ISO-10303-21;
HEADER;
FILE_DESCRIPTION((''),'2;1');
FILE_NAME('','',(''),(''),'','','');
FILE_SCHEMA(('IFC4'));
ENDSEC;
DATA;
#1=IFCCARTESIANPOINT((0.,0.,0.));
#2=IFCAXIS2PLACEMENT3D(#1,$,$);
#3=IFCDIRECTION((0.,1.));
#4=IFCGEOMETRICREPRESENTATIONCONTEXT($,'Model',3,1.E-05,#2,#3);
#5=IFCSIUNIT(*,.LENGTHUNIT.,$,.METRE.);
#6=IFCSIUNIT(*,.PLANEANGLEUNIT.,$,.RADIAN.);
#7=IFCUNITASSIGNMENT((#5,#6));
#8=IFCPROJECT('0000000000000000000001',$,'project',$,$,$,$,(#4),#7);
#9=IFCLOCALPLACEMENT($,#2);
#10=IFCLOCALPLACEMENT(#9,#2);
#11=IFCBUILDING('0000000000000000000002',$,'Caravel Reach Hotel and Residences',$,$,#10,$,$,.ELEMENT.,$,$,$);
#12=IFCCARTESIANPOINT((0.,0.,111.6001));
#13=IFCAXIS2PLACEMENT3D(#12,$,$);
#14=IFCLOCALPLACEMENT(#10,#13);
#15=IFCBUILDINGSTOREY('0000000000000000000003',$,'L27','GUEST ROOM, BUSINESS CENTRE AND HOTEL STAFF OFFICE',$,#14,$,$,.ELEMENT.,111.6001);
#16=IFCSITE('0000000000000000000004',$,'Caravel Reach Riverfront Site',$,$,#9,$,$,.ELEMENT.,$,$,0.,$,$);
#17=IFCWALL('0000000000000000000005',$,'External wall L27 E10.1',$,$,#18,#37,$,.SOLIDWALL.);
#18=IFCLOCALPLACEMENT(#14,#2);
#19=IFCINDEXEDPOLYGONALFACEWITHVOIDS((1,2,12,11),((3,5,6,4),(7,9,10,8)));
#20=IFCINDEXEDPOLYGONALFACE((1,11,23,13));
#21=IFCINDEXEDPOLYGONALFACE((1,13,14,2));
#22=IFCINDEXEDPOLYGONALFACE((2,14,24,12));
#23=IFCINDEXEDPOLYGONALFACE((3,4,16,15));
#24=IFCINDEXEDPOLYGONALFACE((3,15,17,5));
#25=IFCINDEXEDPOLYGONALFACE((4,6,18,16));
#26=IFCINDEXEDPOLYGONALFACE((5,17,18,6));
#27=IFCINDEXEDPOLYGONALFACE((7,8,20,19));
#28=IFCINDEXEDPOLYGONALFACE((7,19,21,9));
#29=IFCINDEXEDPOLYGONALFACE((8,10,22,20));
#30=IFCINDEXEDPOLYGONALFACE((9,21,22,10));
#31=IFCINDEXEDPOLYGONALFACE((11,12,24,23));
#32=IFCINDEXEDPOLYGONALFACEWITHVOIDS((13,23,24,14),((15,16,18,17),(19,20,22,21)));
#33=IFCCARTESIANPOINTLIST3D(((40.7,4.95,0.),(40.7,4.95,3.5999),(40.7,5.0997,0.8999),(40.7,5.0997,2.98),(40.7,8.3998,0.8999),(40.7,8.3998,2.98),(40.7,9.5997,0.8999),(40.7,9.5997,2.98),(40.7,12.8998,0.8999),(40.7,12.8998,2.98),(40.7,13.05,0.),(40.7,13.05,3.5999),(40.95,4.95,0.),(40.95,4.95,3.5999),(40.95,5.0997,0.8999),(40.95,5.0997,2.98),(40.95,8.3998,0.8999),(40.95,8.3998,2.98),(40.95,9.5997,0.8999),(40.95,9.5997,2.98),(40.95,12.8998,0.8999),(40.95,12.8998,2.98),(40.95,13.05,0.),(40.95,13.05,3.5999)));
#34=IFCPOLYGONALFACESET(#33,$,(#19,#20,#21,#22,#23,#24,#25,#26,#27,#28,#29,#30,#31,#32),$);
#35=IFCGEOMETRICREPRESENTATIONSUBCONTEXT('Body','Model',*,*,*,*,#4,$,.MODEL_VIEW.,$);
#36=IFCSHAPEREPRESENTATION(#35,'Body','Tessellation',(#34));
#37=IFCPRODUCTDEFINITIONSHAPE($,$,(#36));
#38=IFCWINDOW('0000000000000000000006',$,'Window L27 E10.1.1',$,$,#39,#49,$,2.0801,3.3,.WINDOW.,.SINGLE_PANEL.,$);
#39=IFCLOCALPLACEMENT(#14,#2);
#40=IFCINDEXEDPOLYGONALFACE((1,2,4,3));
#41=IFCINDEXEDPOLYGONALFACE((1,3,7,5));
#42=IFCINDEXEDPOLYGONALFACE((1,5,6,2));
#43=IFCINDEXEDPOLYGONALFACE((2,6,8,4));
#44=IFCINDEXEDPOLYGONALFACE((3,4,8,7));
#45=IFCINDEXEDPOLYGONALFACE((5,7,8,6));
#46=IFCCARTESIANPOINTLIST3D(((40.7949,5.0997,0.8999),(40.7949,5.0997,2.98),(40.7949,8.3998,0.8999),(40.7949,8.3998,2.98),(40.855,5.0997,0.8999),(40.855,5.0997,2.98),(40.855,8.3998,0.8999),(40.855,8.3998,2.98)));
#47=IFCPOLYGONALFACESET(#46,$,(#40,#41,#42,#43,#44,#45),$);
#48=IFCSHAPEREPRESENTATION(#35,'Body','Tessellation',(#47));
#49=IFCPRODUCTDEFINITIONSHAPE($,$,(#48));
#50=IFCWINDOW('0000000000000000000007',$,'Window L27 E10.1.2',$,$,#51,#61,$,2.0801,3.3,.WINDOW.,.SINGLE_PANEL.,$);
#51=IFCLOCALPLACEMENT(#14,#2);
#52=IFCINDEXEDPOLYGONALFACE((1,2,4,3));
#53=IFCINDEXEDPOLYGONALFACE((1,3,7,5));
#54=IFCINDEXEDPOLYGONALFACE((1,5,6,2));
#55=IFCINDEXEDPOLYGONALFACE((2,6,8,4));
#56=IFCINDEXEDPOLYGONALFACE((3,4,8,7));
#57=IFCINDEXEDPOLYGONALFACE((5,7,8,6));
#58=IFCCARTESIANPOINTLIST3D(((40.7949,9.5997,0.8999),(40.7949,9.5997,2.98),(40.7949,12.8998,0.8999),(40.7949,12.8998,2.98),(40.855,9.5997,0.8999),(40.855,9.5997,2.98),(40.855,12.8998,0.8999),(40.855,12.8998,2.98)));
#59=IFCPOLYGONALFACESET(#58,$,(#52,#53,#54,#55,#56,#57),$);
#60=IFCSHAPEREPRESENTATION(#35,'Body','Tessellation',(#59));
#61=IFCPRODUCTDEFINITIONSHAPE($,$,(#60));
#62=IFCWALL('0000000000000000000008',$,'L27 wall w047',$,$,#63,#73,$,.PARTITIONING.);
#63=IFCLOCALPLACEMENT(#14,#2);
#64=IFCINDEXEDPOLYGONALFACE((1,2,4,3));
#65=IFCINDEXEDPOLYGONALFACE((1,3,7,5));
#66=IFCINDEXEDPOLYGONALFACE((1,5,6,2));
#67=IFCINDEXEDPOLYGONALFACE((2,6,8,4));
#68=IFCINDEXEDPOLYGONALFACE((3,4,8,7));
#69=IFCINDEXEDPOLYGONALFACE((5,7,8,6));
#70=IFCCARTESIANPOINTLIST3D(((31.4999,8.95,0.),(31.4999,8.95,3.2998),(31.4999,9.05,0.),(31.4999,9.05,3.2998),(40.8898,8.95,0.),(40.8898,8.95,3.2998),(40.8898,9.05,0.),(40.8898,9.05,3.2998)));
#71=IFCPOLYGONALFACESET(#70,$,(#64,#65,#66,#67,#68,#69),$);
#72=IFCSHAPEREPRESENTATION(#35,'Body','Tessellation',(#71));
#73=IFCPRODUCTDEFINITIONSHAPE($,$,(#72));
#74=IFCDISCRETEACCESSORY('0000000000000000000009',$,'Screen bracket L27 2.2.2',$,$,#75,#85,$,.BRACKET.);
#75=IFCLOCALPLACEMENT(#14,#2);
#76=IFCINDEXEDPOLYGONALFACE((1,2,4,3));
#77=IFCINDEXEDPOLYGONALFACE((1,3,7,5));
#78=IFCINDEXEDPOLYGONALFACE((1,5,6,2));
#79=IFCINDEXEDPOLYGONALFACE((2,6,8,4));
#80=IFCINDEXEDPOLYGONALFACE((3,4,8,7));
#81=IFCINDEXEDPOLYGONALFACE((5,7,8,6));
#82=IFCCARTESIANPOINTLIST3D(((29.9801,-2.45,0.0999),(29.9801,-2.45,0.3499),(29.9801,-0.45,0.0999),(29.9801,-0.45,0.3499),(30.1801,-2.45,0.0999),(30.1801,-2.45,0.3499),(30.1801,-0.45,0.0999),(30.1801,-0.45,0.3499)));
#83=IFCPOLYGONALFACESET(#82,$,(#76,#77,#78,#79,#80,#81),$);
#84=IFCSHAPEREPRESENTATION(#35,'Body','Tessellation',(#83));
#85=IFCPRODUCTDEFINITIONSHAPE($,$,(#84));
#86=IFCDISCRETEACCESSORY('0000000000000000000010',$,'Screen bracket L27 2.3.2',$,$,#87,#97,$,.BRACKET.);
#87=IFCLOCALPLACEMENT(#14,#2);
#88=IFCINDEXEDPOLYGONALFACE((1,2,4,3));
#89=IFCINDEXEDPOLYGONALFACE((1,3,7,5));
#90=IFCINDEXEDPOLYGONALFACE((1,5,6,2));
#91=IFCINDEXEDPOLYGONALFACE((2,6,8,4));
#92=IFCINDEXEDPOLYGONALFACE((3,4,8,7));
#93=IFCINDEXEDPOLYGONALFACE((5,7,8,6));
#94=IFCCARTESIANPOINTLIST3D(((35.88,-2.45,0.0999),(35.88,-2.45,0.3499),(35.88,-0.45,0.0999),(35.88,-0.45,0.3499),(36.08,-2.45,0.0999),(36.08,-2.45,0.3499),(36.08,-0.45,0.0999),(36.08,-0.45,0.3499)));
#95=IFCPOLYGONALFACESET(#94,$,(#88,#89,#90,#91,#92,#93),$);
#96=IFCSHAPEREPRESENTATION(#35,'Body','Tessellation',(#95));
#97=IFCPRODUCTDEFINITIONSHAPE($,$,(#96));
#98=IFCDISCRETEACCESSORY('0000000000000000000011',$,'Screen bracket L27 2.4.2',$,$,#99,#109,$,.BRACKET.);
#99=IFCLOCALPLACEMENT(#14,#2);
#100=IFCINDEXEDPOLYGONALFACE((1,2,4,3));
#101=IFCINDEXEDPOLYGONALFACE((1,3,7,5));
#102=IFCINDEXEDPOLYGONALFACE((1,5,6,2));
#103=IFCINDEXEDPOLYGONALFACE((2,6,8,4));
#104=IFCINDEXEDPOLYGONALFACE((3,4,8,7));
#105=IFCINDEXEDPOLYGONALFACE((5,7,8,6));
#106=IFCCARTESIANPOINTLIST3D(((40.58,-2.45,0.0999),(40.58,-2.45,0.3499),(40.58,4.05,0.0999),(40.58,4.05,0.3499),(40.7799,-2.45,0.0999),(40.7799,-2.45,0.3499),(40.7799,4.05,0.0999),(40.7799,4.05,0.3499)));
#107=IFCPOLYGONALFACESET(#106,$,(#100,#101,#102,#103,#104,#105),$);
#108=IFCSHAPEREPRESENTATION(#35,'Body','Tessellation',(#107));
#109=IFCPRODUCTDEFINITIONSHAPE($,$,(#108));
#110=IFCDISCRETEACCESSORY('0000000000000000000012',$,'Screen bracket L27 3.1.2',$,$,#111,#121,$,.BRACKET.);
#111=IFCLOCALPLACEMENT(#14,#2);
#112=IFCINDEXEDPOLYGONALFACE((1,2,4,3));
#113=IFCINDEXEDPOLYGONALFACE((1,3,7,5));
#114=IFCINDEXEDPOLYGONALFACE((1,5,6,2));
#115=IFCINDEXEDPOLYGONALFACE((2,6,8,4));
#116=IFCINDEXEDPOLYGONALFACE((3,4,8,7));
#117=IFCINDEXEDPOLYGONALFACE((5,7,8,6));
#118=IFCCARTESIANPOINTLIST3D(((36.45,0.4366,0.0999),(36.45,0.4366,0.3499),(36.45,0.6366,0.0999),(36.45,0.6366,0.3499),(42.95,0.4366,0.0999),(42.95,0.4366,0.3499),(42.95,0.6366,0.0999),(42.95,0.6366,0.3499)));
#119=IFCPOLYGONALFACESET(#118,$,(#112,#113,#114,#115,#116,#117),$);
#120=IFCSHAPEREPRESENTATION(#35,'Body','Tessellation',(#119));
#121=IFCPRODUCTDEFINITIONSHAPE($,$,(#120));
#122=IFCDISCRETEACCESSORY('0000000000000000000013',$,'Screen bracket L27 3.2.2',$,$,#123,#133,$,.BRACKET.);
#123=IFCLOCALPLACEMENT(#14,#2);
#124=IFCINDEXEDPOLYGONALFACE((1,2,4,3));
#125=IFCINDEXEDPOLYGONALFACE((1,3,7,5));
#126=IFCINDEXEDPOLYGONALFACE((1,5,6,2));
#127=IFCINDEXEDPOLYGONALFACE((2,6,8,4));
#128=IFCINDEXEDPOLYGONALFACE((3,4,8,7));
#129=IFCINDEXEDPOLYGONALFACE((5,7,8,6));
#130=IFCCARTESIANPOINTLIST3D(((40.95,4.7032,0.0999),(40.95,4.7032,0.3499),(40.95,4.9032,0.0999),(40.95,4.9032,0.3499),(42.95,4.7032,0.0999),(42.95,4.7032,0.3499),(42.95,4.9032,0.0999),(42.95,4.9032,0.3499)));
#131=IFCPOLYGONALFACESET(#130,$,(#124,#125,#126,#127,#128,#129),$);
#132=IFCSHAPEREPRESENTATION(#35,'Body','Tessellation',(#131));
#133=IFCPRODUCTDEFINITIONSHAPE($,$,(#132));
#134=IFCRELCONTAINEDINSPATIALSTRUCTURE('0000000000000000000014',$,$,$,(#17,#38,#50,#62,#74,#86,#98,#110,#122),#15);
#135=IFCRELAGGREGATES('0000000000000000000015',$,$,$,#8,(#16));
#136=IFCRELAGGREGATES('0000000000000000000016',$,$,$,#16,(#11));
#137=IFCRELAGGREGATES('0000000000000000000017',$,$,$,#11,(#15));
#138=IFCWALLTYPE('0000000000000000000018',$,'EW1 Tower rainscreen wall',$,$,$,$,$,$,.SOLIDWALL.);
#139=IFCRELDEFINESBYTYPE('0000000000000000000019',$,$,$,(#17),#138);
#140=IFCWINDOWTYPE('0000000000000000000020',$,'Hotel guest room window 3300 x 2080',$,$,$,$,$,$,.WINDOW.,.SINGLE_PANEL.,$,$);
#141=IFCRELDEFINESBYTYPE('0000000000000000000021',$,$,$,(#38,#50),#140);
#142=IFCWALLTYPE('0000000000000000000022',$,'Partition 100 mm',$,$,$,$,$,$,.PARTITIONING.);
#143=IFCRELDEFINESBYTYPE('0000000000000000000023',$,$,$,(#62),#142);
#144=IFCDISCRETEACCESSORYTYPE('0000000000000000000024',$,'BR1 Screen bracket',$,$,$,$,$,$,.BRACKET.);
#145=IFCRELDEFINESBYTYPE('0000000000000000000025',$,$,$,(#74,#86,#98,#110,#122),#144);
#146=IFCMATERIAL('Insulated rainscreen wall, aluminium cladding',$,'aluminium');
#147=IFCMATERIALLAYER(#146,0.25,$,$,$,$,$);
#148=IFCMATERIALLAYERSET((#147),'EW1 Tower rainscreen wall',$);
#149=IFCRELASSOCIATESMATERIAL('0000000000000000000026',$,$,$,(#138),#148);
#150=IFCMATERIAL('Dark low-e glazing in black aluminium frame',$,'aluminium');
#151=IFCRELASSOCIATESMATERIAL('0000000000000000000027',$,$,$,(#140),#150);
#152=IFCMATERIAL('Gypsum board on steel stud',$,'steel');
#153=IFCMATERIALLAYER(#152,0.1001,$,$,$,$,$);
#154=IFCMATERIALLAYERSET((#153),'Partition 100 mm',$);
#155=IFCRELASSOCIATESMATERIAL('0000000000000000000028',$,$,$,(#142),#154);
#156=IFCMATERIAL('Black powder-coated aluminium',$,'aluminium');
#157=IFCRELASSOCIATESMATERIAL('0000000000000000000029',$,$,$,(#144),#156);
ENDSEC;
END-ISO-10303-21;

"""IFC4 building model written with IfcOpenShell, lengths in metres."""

from ifc_helpers import new_model, si_unit, direction, frame, frame_2d, origin, origin_2d, place, context, subcontext, project, spatial, rectangle, extrude, material, layer, layer_set, type_object, element, fill, save


model = new_model("IFC4")

# Units and contexts
model_context = context("Model", 3, precision=1e-05, world=origin(), true_north=direction((0.0, 1.0)))
body_context = subcontext(model_context, "Body", "Model", "MODEL_VIEW")
ifc_project = project(units=[si_unit("LENGTHUNIT", "METRE"), si_unit("PLANEANGLEUNIT", "RADIAN")], contexts=[model_context])

# Site, building, storey
site_placement = place(None, origin())
site = spatial("IfcSite", under=ifc_project, at=site_placement, Name="Caravel Reach Riverfront Site", CompositionType="ELEMENT", RefElevation=0.0)
building_placement = place(site_placement, origin())
building = spatial("IfcBuilding", under=site, at=building_placement, Name="Caravel Reach Hotel and Residences", CompositionType="ELEMENT")
storey_placement = place(building_placement, frame((0.0, 0.0, 111.6001)))
storey = spatial("IfcBuildingStorey", under=building, at=storey_placement, Name="L27", Description="GUEST ROOM, BUSINESS CENTRE AND HOTEL STAFF OFFICE", CompositionType="ELEMENT", Elevation=111.6001)

# Shared definitions
ifc_material_1 = material(Name="Insulated rainscreen wall, aluminium cladding", Category="aluminium")
ifc_layer_1 = layer(ifc_material_1, 0.25)
ifc_layer_set_1 = layer_set([ifc_layer_1], Name="EW1 Tower rainscreen wall")
wall_type_1 = type_object("IfcWallType", Name="EW1 Tower rainscreen wall", PredefinedType="SOLIDWALL", material=ifc_layer_set_1)

# Wall, openings, windows
wall_1_placement = place(storey_placement, frame((40.825, 4.95, 0.0), z_axis=(0.0, 0.0, 1.0), x_axis=(0.0, 1.0, 0.0)))
wall_1 = element("IfcWall", 1, at=wall_1_placement, inside=storey, type_object=wall_type_1, Name="External wall L27 E10.1", PredefinedType="SOLIDWALL", context=body_context, shape_type="SweptSolid", body=[
    extrude(rectangle(XDim=8.1001, YDim=0.25, at=frame_2d((4.05, 0.0))), origin(), (0.0, 0.0, 1.0), 3.5999),
])
opening_1_placement = place(wall_1_placement, frame((0.1499, 0.0, 0.8999)))
opening_1 = element("IfcOpeningElement", 2, at=opening_1_placement, cuts=wall_1, PredefinedType="OPENING", context=body_context, shape_type="SweptSolid", body=[
    extrude(rectangle(XDim=3.3, YDim=2.0801, at=frame_2d((1.6499, 1.04))), frame((0.0, 0.135, 0.0), z_axis=(0.0, -1.0, 0.0), x_axis=(1.0, 0.0, 0.0)), (0.0, 0.0, 1.0), 0.27),
])
opening_2_placement = place(wall_1_placement, frame((4.6499, 0.0, 0.8999)))
opening_2 = element("IfcOpeningElement", 3, at=opening_2_placement, cuts=wall_1, PredefinedType="OPENING", context=body_context, shape_type="SweptSolid", body=[
    extrude(rectangle(XDim=3.3, YDim=2.0801, at=frame_2d((1.6499, 1.04))), frame((0.0, 0.135, 0.0), z_axis=(0.0, -1.0, 0.0), x_axis=(1.0, 0.0, 0.0)), (0.0, 0.0, 1.0), 0.27),
])
ifc_material_2 = material(Name="Dark low-e glazing in black aluminium frame", Category="aluminium")
window_type_1 = type_object("IfcWindowType", Name="Hotel guest room window 3300 x 2080", PartitioningType="SINGLE_PANEL", PredefinedType="WINDOW", material=ifc_material_2)
window_1_placement = place(opening_1_placement, origin())
window_1 = element("IfcWindow", 4, at=window_1_placement, inside=storey, type_object=window_type_1, Name="Window L27 E10.1.1", OverallHeight=2.0801, OverallWidth=3.3, PartitioningType="SINGLE_PANEL", PredefinedType="WINDOW", context=body_context, shape_type="SweptSolid", body=[
    extrude(rectangle(XDim=3.3, YDim=2.0801, at=frame_2d((1.6499, 1.04))), frame((0.0, 0.03, 0.0), z_axis=(0.0, -1.0, 0.0), x_axis=(1.0, 0.0, 0.0)), (0.0, 0.0, 1.0), 0.0601),
])
fill(opening_1, window_1)
window_2_placement = place(opening_2_placement, origin())
window_2 = element("IfcWindow", 5, at=window_2_placement, inside=storey, type_object=window_type_1, Name="Window L27 E10.1.2", OverallHeight=2.0801, OverallWidth=3.3, PartitioningType="SINGLE_PANEL", PredefinedType="WINDOW", context=body_context, shape_type="SweptSolid", body=[
    extrude(rectangle(XDim=3.3, YDim=2.0801, at=frame_2d((1.6499, 1.04))), frame((0.0, 0.03, 0.0), z_axis=(0.0, -1.0, 0.0), x_axis=(1.0, 0.0, 0.0)), (0.0, 0.0, 1.0), 0.0601),
])
fill(opening_2, window_2)

# Wall
ifc_material_3 = material(Name="Gypsum board on steel stud", Category="steel")
ifc_layer_2 = layer(ifc_material_3, 0.1001)
ifc_layer_set_2 = layer_set([ifc_layer_2], Name="Partition 100 mm")
wall_type_2 = type_object("IfcWallType", Name="Partition 100 mm", PredefinedType="PARTITIONING", material=ifc_layer_set_2)
wall_2_placement = place(storey_placement, frame((31.5, 9.0, 0.0), z_axis=(0.0, 0.0, 1.0), x_axis=(1.0, 0.0, 0.0)))
element("IfcWall", 6, at=wall_2_placement, inside=storey, type_object=wall_type_2, Name="L27 wall w047", PredefinedType="PARTITIONING", context=body_context, shape_type="SweptSolid", body=[
    extrude(rectangle(XDim=9.3899, YDim=0.1001, at=frame_2d((4.6948, 0.0))), origin(), (0.0, 0.0, 1.0), 3.2998),
])

# Discrete accessories
ifc_material_4 = material(Name="Black powder-coated aluminium", Category="aluminium")
discrete_accessory_type = type_object("IfcDiscreteAccessoryType", Name="BR1 Screen bracket", PredefinedType="BRACKET", material=ifc_material_4)
for number, where, z_axis, x_axis, name in (
    (7, (30.0801, -1.45, 0.0999), (0.0, 0.0, 1.0), (0.0, -1.0, 0.0), "Screen bracket L27 2.2.2"),
    (8, (35.98, -1.45, 0.0999), (0.0, 0.0, 1.0), (0.0, -1.0, 0.0), "Screen bracket L27 2.3.2"),
):
    element("IfcDiscreteAccessory", number, at=place(storey_placement, frame(where, z_axis=z_axis, x_axis=x_axis)), inside=storey, type_object=discrete_accessory_type, Name=name, PredefinedType="BRACKET", context=body_context, shape_type="SweptSolid", body=[
        extrude(rectangle(XDim=2.0, YDim=0.2, at=origin_2d()), origin(), (0.0, 0.0, 1.0), 0.25),
    ])
for number, where, z_axis, x_axis, name in (
    (9, (40.6799, 0.8, 0.0999), (0.0, 0.0, 1.0), (0.0, -1.0, 0.0), "Screen bracket L27 2.4.2"),
    (10, (39.7, 0.5366, 0.0999), (0.0, 0.0, 1.0), (1.0, 0.0, 0.0), "Screen bracket L27 3.1.2"),
):
    element("IfcDiscreteAccessory", number, at=place(storey_placement, frame(where, z_axis=z_axis, x_axis=x_axis)), inside=storey, type_object=discrete_accessory_type, Name=name, PredefinedType="BRACKET", context=body_context, shape_type="SweptSolid", body=[
        extrude(rectangle(XDim=6.5, YDim=0.2, at=origin_2d()), origin(), (0.0, 0.0, 1.0), 0.25),
    ])
discrete_accessory_placement = place(storey_placement, frame((41.95, 4.8032, 0.0999), z_axis=(0.0, 0.0, 1.0), x_axis=(1.0, 0.0, 0.0)))
element("IfcDiscreteAccessory", 11, at=discrete_accessory_placement, inside=storey, type_object=discrete_accessory_type, Name="Screen bracket L27 3.2.2", PredefinedType="BRACKET", context=body_context, shape_type="SweptSolid", body=[
    extrude(rectangle(XDim=2.0, YDim=0.2, at=origin_2d()), origin(), (0.0, 0.0, 1.0), 0.25),
])

save(model, "model.ifc")
